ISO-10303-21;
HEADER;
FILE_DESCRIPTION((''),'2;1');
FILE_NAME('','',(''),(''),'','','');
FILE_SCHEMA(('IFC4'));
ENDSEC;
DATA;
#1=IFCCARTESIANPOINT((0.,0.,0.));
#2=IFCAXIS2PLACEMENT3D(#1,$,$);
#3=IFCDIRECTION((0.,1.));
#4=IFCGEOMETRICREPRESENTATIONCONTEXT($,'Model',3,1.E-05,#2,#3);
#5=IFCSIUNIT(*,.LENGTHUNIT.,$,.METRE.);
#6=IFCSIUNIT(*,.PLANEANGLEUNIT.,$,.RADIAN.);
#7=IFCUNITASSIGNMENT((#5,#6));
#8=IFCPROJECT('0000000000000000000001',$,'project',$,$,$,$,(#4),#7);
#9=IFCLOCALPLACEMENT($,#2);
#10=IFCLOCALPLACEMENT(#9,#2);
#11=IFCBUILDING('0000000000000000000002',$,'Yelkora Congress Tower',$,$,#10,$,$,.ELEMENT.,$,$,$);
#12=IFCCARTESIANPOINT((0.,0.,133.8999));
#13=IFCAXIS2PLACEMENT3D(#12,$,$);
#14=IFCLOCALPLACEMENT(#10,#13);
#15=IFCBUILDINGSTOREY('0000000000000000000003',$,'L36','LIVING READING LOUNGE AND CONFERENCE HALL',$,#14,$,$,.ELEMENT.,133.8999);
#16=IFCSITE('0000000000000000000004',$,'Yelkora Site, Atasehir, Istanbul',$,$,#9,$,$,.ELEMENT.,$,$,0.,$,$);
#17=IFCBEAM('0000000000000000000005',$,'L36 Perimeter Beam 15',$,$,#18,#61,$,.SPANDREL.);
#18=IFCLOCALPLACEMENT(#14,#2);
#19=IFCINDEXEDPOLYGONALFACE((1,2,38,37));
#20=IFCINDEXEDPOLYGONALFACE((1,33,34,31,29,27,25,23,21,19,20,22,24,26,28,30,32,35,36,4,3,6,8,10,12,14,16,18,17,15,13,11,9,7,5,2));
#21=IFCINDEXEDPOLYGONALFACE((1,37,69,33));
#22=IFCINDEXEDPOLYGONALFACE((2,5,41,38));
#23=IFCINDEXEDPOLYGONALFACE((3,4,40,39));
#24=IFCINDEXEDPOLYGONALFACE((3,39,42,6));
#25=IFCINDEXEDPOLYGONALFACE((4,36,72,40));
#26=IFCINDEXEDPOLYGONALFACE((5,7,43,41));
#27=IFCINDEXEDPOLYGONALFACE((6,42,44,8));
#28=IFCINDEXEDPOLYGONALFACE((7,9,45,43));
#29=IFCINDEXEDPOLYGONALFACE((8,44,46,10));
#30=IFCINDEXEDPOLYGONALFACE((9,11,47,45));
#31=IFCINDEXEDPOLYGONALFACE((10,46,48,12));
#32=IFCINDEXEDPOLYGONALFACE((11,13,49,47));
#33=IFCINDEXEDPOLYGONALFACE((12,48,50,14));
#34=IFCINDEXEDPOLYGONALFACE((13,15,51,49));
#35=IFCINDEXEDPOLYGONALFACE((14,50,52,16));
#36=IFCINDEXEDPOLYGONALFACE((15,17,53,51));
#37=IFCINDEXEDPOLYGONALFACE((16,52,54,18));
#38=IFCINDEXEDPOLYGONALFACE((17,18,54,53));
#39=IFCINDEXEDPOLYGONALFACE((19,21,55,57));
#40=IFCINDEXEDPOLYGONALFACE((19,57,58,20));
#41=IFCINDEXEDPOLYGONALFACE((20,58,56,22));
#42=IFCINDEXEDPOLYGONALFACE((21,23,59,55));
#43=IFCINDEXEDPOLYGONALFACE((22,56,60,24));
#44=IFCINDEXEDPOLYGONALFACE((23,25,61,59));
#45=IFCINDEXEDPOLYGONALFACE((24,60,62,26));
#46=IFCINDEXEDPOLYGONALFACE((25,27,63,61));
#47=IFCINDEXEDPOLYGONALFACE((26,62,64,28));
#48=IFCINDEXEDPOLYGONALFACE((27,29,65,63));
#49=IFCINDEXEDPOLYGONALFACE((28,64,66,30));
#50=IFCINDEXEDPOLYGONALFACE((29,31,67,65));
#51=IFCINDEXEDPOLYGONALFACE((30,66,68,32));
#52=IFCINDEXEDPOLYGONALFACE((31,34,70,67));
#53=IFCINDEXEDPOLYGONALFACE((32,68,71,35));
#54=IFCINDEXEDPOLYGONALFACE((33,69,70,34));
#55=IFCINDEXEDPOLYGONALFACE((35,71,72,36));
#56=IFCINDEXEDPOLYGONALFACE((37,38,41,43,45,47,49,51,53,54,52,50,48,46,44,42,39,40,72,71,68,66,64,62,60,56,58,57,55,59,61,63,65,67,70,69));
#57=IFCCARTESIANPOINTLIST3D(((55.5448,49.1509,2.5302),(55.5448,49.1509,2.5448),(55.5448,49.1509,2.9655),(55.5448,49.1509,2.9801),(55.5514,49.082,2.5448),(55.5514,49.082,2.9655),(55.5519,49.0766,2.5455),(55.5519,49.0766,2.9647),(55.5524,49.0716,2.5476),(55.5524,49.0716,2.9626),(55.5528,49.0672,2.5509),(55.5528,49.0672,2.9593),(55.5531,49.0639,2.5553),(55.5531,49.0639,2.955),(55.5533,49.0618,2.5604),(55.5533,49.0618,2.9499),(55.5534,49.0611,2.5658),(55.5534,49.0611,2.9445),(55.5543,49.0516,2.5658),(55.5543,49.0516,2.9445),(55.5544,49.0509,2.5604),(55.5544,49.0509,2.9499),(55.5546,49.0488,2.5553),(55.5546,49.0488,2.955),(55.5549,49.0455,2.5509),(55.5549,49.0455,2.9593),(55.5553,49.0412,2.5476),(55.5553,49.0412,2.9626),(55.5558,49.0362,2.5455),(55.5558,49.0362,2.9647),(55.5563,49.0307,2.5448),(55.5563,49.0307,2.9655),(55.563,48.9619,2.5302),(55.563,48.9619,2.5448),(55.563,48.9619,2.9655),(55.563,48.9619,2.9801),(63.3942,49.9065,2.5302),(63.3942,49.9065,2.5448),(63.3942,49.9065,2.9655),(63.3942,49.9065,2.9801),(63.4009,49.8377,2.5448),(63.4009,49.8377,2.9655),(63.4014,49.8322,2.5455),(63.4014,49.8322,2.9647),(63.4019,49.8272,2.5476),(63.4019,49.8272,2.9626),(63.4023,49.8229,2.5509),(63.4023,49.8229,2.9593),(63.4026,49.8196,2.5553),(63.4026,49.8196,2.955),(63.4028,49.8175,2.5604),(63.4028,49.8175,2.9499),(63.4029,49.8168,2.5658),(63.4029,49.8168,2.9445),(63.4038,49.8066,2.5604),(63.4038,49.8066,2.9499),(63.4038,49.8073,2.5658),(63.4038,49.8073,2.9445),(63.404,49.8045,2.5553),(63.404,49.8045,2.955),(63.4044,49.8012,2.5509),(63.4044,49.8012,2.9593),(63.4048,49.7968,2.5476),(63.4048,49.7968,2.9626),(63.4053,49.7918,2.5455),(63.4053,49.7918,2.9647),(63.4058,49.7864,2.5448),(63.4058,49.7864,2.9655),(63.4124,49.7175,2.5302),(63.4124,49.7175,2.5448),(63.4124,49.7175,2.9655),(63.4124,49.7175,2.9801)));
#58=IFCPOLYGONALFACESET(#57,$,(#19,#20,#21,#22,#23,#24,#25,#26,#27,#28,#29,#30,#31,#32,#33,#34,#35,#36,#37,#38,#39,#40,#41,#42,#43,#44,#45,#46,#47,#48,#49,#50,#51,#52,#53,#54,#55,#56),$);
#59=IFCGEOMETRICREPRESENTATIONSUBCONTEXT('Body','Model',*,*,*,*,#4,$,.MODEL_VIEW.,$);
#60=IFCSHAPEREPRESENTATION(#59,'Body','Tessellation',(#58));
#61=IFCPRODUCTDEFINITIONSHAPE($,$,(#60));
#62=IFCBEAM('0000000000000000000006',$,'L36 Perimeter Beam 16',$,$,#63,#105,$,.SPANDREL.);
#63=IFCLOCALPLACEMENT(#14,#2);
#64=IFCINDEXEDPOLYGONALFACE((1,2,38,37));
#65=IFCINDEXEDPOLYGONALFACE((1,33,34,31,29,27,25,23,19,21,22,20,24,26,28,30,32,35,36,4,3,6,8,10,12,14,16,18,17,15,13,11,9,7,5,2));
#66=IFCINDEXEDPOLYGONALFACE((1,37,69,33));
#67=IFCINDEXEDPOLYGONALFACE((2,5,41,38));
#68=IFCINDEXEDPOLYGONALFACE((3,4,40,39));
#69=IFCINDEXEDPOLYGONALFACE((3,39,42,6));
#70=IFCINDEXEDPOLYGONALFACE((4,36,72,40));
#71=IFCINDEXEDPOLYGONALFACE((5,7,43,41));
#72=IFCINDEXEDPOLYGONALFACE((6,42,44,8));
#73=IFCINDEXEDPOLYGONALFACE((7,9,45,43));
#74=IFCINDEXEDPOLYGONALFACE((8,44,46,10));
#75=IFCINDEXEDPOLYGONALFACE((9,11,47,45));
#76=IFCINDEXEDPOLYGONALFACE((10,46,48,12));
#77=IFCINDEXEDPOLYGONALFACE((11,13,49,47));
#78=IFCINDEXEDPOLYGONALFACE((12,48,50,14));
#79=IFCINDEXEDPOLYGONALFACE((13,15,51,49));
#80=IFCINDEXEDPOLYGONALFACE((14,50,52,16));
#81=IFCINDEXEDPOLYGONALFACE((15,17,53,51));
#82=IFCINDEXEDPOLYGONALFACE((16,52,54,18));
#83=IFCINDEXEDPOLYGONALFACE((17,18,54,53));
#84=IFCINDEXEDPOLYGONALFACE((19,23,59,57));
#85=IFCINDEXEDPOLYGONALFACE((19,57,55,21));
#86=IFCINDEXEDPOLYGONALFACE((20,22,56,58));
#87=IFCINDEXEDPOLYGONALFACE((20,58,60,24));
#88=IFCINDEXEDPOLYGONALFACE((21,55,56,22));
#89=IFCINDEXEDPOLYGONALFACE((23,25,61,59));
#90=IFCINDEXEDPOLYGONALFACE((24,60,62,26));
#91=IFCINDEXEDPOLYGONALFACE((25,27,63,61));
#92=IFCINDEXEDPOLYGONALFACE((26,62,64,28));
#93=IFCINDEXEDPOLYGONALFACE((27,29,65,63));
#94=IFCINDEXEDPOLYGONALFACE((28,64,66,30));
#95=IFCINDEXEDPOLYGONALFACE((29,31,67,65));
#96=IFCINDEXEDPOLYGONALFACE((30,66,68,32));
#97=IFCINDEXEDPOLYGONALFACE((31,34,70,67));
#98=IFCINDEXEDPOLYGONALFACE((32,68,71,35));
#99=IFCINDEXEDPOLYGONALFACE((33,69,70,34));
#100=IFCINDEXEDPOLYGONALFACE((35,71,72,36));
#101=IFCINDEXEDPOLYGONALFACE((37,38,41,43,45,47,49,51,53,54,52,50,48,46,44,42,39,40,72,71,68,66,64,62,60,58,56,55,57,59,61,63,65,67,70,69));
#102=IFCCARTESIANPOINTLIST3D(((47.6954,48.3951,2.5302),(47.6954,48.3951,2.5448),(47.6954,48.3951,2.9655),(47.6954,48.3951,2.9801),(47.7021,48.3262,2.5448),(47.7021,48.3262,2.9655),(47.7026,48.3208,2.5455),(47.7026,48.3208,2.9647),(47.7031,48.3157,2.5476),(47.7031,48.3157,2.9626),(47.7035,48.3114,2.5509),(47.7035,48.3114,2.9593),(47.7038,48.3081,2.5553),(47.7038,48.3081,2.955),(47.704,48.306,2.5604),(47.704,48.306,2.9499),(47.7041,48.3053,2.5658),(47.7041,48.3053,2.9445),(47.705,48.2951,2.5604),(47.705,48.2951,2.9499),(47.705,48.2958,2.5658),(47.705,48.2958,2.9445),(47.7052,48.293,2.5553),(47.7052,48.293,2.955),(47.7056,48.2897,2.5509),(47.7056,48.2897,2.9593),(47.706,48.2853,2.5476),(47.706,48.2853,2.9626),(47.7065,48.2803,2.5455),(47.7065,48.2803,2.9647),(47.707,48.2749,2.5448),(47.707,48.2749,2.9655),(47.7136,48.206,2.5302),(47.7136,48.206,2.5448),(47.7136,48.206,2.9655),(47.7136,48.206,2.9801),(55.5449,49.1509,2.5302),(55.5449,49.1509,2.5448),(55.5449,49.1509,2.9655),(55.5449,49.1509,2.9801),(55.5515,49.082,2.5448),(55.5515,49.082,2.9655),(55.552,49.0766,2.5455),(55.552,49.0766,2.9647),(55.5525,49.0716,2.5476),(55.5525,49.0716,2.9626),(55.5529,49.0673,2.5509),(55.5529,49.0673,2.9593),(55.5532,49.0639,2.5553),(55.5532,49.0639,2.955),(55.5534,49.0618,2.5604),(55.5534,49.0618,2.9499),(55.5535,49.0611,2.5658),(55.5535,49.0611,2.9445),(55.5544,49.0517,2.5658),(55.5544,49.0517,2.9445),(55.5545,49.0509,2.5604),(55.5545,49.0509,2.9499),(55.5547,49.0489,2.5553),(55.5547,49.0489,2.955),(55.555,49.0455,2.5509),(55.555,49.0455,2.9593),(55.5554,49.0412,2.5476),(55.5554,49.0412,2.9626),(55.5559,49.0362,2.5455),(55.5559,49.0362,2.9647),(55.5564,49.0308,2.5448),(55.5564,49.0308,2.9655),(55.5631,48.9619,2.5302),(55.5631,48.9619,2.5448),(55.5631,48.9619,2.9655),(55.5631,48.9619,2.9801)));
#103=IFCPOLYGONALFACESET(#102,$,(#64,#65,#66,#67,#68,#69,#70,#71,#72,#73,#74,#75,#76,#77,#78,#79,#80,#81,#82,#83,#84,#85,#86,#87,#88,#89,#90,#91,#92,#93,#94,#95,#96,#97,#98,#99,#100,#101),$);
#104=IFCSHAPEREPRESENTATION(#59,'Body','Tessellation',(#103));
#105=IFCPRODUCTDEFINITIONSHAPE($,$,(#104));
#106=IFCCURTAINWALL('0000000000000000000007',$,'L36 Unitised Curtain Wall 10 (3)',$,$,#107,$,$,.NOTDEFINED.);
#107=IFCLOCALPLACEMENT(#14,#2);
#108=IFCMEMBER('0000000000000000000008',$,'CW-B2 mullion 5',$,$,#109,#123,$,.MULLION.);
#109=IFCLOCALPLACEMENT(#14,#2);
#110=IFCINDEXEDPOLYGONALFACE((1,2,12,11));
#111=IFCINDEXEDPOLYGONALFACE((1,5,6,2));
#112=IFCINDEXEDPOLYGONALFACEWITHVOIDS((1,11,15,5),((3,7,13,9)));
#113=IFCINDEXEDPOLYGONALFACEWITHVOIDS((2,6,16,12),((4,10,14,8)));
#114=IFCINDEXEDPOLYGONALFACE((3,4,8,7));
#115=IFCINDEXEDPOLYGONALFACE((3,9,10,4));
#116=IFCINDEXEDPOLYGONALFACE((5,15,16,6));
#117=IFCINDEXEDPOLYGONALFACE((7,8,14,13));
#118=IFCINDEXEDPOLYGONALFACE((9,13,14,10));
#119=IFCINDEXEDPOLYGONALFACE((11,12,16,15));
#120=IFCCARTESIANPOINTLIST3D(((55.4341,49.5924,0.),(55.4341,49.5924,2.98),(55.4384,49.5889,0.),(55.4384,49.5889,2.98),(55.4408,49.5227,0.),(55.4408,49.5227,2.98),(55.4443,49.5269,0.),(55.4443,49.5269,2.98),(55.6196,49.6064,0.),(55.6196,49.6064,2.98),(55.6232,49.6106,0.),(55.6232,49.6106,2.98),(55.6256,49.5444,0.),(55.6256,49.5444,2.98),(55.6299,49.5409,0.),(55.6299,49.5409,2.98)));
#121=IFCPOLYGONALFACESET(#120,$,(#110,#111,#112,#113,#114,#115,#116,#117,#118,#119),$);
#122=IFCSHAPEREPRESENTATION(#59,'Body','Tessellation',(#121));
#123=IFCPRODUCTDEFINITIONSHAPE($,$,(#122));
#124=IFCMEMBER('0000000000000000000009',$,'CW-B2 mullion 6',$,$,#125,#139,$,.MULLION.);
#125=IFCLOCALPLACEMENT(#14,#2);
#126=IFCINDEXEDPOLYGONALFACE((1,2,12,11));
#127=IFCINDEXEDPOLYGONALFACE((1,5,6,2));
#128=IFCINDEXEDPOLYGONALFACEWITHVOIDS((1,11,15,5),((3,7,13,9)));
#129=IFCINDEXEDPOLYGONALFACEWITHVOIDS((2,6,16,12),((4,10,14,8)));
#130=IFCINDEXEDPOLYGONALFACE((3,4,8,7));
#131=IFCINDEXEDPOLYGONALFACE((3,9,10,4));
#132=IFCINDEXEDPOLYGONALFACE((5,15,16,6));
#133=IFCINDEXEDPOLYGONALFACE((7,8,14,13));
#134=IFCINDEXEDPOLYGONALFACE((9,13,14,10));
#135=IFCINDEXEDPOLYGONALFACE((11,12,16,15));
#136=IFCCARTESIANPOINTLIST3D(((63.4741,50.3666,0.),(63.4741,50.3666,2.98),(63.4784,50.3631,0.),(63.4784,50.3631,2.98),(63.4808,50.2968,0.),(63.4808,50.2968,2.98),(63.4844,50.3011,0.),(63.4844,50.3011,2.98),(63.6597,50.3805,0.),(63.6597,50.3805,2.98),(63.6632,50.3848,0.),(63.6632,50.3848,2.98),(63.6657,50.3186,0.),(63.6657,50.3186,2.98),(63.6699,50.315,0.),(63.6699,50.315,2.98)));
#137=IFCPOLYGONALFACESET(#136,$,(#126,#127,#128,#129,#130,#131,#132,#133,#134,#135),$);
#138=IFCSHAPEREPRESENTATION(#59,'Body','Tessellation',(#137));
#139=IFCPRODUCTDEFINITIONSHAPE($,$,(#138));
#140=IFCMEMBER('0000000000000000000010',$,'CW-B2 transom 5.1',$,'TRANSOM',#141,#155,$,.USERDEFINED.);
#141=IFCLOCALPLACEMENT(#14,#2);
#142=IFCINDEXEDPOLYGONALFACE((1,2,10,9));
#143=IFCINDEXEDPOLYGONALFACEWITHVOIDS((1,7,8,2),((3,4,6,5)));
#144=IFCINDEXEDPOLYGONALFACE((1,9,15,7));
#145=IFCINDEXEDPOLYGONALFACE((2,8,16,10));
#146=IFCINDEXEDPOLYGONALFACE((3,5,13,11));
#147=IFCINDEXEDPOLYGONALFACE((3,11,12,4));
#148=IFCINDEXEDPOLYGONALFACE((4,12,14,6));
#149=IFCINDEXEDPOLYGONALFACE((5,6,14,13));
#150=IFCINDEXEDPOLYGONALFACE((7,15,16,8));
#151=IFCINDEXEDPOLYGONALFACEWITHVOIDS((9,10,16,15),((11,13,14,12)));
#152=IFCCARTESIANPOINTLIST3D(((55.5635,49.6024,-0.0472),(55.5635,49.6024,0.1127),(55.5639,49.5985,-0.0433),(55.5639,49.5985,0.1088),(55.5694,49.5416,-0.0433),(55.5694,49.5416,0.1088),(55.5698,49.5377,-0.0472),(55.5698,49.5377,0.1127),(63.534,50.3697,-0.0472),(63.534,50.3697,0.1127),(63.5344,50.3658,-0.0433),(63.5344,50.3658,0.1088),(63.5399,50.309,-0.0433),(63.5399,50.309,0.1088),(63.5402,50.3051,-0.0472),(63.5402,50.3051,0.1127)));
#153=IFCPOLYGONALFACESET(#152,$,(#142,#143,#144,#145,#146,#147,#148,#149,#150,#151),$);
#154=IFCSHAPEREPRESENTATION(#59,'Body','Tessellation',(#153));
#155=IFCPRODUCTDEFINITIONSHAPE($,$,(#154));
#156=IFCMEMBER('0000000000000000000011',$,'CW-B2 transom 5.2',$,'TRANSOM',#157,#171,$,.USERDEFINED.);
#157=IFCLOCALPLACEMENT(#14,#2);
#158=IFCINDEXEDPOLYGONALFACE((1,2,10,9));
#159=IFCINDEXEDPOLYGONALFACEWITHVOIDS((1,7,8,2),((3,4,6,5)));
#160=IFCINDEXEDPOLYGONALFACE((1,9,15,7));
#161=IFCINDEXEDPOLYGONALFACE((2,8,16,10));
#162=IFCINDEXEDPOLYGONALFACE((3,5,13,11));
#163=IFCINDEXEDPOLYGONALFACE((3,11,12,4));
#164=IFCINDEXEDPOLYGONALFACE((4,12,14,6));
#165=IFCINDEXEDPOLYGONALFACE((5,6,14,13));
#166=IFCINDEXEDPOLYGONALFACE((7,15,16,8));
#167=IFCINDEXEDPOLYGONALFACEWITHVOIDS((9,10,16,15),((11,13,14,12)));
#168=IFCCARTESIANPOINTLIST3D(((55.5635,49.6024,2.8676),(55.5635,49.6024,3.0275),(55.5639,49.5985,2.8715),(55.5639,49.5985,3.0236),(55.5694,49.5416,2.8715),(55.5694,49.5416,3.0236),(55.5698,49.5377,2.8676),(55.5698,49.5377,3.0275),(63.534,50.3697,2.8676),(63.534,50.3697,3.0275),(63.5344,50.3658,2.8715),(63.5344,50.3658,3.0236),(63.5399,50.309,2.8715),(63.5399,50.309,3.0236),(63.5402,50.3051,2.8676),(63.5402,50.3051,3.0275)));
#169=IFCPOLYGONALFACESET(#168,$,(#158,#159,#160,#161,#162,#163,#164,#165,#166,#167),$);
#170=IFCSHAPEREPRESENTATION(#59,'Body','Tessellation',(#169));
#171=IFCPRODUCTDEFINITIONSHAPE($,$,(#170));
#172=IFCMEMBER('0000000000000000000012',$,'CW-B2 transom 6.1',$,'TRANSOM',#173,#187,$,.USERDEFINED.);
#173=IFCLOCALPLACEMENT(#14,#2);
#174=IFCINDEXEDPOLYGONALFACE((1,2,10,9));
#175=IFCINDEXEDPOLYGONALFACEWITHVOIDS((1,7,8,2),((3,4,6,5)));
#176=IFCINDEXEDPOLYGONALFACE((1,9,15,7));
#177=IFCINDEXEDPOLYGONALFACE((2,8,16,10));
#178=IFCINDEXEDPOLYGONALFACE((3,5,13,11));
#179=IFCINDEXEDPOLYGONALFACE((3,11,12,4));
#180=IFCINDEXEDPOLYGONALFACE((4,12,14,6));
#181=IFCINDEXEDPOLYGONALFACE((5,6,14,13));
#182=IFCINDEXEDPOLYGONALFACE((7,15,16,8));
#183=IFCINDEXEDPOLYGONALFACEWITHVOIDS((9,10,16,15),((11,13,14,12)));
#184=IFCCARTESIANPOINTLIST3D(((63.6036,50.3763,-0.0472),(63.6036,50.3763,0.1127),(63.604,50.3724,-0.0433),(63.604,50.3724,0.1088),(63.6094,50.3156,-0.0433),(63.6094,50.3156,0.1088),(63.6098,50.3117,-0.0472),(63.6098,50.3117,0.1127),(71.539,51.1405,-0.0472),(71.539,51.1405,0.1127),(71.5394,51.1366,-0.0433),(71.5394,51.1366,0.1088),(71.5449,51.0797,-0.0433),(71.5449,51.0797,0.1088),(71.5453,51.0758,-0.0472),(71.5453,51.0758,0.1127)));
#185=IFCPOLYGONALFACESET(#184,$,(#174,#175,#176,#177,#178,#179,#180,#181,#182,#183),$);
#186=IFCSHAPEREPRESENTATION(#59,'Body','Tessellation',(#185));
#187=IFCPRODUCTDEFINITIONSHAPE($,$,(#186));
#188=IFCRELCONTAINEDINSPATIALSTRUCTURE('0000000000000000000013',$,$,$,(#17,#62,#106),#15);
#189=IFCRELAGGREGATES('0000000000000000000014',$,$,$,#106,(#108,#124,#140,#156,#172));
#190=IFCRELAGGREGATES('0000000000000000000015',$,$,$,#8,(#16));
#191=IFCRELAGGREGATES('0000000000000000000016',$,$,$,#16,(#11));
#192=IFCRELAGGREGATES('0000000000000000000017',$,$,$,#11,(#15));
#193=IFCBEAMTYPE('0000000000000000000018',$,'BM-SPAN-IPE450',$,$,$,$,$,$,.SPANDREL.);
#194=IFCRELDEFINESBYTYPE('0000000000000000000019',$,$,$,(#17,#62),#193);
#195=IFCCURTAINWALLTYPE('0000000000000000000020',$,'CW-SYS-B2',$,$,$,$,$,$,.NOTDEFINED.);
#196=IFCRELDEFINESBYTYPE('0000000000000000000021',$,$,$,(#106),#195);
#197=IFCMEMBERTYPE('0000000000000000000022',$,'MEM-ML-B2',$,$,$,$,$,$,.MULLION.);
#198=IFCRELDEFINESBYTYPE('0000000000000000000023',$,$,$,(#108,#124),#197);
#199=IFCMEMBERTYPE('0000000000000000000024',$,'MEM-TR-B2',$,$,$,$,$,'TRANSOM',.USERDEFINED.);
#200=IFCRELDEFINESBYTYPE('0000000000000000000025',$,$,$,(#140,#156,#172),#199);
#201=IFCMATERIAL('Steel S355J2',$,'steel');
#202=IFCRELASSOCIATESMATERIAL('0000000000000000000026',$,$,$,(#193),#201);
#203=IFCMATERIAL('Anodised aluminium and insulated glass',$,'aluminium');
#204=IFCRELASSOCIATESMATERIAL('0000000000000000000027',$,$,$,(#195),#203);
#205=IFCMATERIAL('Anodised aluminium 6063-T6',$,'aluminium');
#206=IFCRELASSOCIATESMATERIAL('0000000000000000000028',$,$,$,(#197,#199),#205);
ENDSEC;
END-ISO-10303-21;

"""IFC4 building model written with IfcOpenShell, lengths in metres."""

from ifc_helpers import new_model, si_unit, direction, frame, origin, origin_2d, place, context, subcontext, project, spatial, hollow_rectangle, i_section, extrude, material, material_profile, profile_set, type_object, element, aggregate, save


model = new_model("IFC4")

# Units and contexts
model_context = context("Model", 3, precision=1e-05, world=origin(), true_north=direction((0.0, 1.0)))
body_context = subcontext(model_context, "Body", "Model", "MODEL_VIEW")
ifc_project = project(units=[si_unit("LENGTHUNIT", "METRE"), si_unit("PLANEANGLEUNIT", "RADIAN")], contexts=[model_context])

# Site, building, storey
site_placement = place(None, origin())
site = spatial("IfcSite", under=ifc_project, at=site_placement, Name="Yelkora Site, Atasehir, Istanbul", CompositionType="ELEMENT", RefElevation=0.0)
building_placement = place(site_placement, origin())
building = spatial("IfcBuilding", under=site, at=building_placement, Name="Yelkora Congress Tower", CompositionType="ELEMENT")
storey_placement = place(building_placement, frame((0.0, 0.0, 133.8999)))
storey = spatial("IfcBuildingStorey", under=building, at=storey_placement, Name="L36", Description="LIVING READING LOUNGE AND CONFERENCE HALL", CompositionType="ELEMENT", Elevation=133.8999)

# Beams
ifc_material_1 = material(Name="Steel S355J2", Category="steel")
ifc_material_profile_1 = material_profile(ifc_material_1, i_section(OverallWidth=0.1899, OverallDepth=0.45, WebThickness=0.0095, FlangeThickness=0.0146, FilletRadius=0.021, at=origin_2d()), Name="IPE 450")
ifc_profile_set_1 = profile_set([ifc_material_profile_1], Name="Steel S355J2")
beam_type_1 = type_object("IfcBeamType", Name="BM-SPAN-IPE450", PredefinedType="SPANDREL", material=ifc_profile_set_1)
for number, where, z_axis, x_axis, name in (
    (1, (63.4033, 49.812, 2.7551), (-0.995399, -0.095822, 0.0), (0.095822, -0.995399, 0.0), "L36 Perimeter Beam 15"),
    (2, (55.554, 49.0564, 2.7551), (-0.995396, -0.095852, 0.0), (0.095852, -0.995396, 0.0), "L36 Perimeter Beam 16"),
):
    element("IfcBeam", number, at=place(storey_placement, frame(where, z_axis=z_axis, x_axis=x_axis)), inside=storey, type_object=beam_type_1, Name=name, PredefinedType="SPANDREL", context=body_context, shape_type="SweptSolid", body=[
        extrude(i_section(OverallWidth=0.1899, OverallDepth=0.45, WebThickness=0.0095, FlangeThickness=0.0146, FilletRadius=0.021, at=origin_2d()), origin(), (0.0, 0.0, 1.0), 7.8857),
    ])

# Curtain wall, members
ifc_material_2 = material(Name="Anodised aluminium and insulated glass", Category="aluminium")
curtain_wall_type = type_object("IfcCurtainWallType", Name="CW-SYS-B2", PredefinedType="NOTDEFINED", material=ifc_material_2)
curtain_wall_placement = place(storey_placement, origin())
curtain_wall = element("IfcCurtainWall", 3, at=curtain_wall_placement, inside=storey, type_object=curtain_wall_type, Name="L36 Unitised Curtain Wall 10 (3)", PredefinedType="NOTDEFINED")
ifc_material_3 = material(Name="Anodised aluminium 6063-T6", Category="aluminium")
ifc_material_profile_2 = material_profile(ifc_material_3, hollow_rectangle(XDim=0.0701, YDim=0.1899, WallThickness=0.0039, at=origin_2d()), Name="ALU 70x190x4")
ifc_profile_set_2 = profile_set([ifc_material_profile_2], Name="Anodised aluminium 6063-T6")
member_type_1 = type_object("IfcMemberType", Name="MEM-ML-B2", PredefinedType="MULLION", material=ifc_profile_set_2)
member_1_placement = place(storey_placement, frame((55.532, 49.5667, 0.0), z_axis=(0.0, 0.0, 1.0), x_axis=(-0.095844, 0.995396, 0.0)))
member_1 = element("IfcMember", 4, at=member_1_placement, type_object=member_type_1, Name="CW-B2 mullion 5", PredefinedType="MULLION", context=body_context, shape_type="SweptSolid", body=[
    extrude(hollow_rectangle(XDim=0.0701, YDim=0.1899, WallThickness=0.0039, at=origin_2d()), origin(), (0.0, 0.0, 1.0), 2.98),
])
member_2_placement = place(storey_placement, frame((63.572, 50.3408, 0.0), z_axis=(0.0, 0.0, 1.0), x_axis=(-0.095844, 0.995396, 0.0)))
member_2 = element("IfcMember", 5, at=member_2_placement, type_object=member_type_1, Name="CW-B2 mullion 6", PredefinedType="MULLION", context=body_context, shape_type="SweptSolid", body=[
    extrude(hollow_rectangle(XDim=0.0701, YDim=0.1899, WallThickness=0.0039, at=origin_2d()), origin(), (0.0, 0.0, 1.0), 2.98),
])
ifc_material_profile_3 = material_profile(ifc_material_3, hollow_rectangle(XDim=0.0649, YDim=0.1599, WallThickness=0.0039, at=origin_2d()), Name="ALU 65x160x4")
ifc_profile_set_3 = profile_set([ifc_material_profile_3], Name="Anodised aluminium 6063-T6")
member_type_2 = type_object("IfcMemberType", Name="MEM-TR-B2", ElementType="TRANSOM", PredefinedType="USERDEFINED", material=ifc_profile_set_3)
member_3_placement = place(storey_placement, frame((55.5667, 49.5701, 0.0327), z_axis=(0.995398, 0.095829, 0.0), x_axis=(-0.095829, 0.995398, 0.0)))
member_3 = element("IfcMember", 6, at=member_3_placement, type_object=member_type_2, Name="CW-B2 transom 5.1", ObjectType="TRANSOM", PredefinedType="USERDEFINED", context=body_context, shape_type="SweptSolid", body=[
    extrude(hollow_rectangle(XDim=0.0649, YDim=0.1599, WallThickness=0.0039, at=origin_2d()), origin(), (0.0, 0.0, 1.0), 8.0073),
])
member_4_placement = place(storey_placement, frame((55.5667, 49.5701, 2.9475), z_axis=(0.995398, 0.095829, 0.0), x_axis=(-0.095829, 0.995398, 0.0)))
member_4 = element("IfcMember", 7, at=member_4_placement, type_object=member_type_2, Name="CW-B2 transom 5.2", ObjectType="TRANSOM", PredefinedType="USERDEFINED", context=body_context, shape_type="SweptSolid", body=[
    extrude(hollow_rectangle(XDim=0.0649, YDim=0.1599, WallThickness=0.0039, at=origin_2d()), origin(), (0.0, 0.0, 1.0), 8.0073),
])
member_5_placement = place(storey_placement, frame((63.6067, 50.344, 0.0327), z_axis=(0.995396, 0.095852, 0.0), x_axis=(-0.095852, 0.995396, 0.0)))
member_5 = element("IfcMember", 8, at=member_5_placement, type_object=member_type_2, Name="CW-B2 transom 6.1", ObjectType="TRANSOM", PredefinedType="USERDEFINED", context=body_context, shape_type="SweptSolid", body=[
    extrude(hollow_rectangle(XDim=0.0649, YDim=0.1599, WallThickness=0.0039, at=origin_2d()), origin(), (0.0, 0.0, 1.0), 7.9722),
])
aggregate(curtain_wall, [member_1, member_2, member_3, member_4, member_5])

save(model, "model.ifc")
